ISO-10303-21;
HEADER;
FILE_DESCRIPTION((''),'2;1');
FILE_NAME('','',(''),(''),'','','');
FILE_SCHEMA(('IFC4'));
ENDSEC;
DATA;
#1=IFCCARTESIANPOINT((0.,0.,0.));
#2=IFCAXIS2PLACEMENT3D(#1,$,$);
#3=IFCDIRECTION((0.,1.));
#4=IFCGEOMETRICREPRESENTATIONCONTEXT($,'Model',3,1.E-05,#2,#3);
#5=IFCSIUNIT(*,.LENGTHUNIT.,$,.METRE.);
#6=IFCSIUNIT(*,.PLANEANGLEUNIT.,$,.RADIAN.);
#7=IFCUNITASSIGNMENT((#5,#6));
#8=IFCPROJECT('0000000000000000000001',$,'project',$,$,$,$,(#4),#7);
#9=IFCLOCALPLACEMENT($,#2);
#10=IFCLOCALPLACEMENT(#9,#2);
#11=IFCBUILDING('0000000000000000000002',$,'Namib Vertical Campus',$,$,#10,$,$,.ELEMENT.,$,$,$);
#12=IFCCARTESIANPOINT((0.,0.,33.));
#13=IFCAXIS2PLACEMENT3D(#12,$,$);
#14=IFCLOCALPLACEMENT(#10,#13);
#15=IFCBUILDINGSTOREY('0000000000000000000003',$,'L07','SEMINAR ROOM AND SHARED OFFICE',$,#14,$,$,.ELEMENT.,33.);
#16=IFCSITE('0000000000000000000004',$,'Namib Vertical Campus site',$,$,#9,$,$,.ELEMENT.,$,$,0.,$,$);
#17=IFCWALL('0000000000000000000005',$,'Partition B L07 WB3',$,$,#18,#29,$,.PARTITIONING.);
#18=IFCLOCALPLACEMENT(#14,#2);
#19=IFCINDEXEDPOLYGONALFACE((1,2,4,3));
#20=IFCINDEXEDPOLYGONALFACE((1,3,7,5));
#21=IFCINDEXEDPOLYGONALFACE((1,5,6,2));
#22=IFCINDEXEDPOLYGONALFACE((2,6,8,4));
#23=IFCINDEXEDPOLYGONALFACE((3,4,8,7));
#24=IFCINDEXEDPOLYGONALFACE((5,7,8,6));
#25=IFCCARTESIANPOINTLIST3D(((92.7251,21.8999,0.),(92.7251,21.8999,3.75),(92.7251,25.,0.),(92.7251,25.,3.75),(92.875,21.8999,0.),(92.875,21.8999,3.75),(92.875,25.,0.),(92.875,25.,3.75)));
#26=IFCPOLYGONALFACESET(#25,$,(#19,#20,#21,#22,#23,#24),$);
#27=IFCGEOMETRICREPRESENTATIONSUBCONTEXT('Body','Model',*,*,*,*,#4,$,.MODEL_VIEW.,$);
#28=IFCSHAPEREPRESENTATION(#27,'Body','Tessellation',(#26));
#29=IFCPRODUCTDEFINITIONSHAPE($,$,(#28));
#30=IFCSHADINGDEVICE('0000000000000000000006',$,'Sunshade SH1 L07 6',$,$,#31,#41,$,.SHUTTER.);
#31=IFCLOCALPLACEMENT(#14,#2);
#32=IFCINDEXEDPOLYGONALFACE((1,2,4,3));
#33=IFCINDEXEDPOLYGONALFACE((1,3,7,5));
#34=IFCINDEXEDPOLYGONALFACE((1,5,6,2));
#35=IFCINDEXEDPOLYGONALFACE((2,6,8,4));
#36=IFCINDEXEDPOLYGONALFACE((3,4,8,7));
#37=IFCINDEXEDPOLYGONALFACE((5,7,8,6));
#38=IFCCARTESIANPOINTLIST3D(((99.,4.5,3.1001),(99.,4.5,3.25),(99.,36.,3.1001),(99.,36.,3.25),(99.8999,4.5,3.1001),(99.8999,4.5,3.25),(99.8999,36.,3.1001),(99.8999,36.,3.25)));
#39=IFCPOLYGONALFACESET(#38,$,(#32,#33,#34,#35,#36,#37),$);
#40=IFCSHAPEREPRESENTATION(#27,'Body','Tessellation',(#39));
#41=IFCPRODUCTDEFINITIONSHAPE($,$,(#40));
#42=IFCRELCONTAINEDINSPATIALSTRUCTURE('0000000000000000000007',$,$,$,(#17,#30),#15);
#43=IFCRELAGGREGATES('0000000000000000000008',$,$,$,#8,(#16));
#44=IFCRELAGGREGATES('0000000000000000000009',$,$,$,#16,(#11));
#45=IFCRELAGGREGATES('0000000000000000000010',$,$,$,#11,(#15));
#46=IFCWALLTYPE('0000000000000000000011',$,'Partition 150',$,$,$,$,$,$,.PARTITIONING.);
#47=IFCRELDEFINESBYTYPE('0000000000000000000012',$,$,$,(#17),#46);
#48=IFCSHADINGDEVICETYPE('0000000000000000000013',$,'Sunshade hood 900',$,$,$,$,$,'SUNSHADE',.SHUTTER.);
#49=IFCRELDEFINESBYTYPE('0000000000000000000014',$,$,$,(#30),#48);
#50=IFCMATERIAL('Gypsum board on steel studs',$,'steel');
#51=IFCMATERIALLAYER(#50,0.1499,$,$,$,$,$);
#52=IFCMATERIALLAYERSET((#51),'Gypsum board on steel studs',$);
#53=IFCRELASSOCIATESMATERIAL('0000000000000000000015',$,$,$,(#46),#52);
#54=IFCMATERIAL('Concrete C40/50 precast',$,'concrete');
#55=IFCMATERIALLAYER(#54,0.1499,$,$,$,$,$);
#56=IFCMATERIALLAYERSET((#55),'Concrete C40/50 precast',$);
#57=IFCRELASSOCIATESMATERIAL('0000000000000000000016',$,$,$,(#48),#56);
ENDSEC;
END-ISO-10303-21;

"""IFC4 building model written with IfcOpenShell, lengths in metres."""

from ifc_helpers import new_model, si_unit, direction, frame, frame_2d, origin, origin_2d, place, context, subcontext, project, spatial, rectangle, extrude, material, layer, layer_set, type_object, element, save


model = new_model("IFC4")

# Units and contexts
model_context = context("Model", 3, precision=1e-05, world=origin(), true_north=direction((0.0, 1.0)))
body_context = subcontext(model_context, "Body", "Model", "MODEL_VIEW")
ifc_project = project(units=[si_unit("LENGTHUNIT", "METRE"), si_unit("PLANEANGLEUNIT", "RADIAN")], contexts=[model_context])

# Site, building, storey
site_placement = place(None, origin())
site = spatial("IfcSite", under=ifc_project, at=site_placement, Name="Namib Vertical Campus site", CompositionType="ELEMENT", RefElevation=0.0)
building_placement = place(site_placement, origin())
building = spatial("IfcBuilding", under=site, at=building_placement, Name="Namib Vertical Campus", CompositionType="ELEMENT")
storey_placement = place(building_placement, frame((0.0, 0.0, 33.0)))
storey = spatial("IfcBuildingStorey", under=building, at=storey_placement, Name="L07", Description="SEMINAR ROOM AND SHARED OFFICE", CompositionType="ELEMENT", Elevation=33.0)

# Shared definitions
ifc_material_1 = material(Name="Gypsum board on steel studs", Category="steel")
ifc_layer_1 = layer(ifc_material_1, 0.1499)
ifc_layer_set_1 = layer_set([ifc_layer_1], Name="Gypsum board on steel studs")
wall_type_1 = type_object("IfcWallType", Name="Partition 150", PredefinedType="PARTITIONING", material=ifc_layer_set_1)

# Wall
wall_1_placement = place(storey_placement, frame((92.8, 21.8999, 0.0), z_axis=(0.0, 0.0, 1.0), x_axis=(0.0, 1.0, 0.0)))
element("IfcWall", 1, at=wall_1_placement, inside=storey, type_object=wall_type_1, Name="Partition B L07 WB3", PredefinedType="PARTITIONING", context=body_context, shape_type="SweptSolid", body=[
    extrude(rectangle(XDim=3.1001, YDim=0.1499, at=frame_2d((1.55, 0.0))), origin(), (0.0, 0.0, 1.0), 3.75),
])

# Shading device
ifc_material_2 = material(Name="Concrete C40/50 precast", Category="concrete")
ifc_layer_2 = layer(ifc_material_2, 0.1499)
ifc_layer_set_2 = layer_set([ifc_layer_2], Name="Concrete C40/50 precast")
shading_device_type = type_object("IfcShadingDeviceType", Name="Sunshade hood 900", ElementType="SUNSHADE", PredefinedType="SHUTTER", material=ifc_layer_set_2)
shading_device_placement = place(storey_placement, frame((99.45, 20.25, 3.1001), z_axis=(0.0, 0.0, 1.0), x_axis=(0.0, 1.0, 0.0)))
element("IfcShadingDevice", 2, at=shading_device_placement, inside=storey, type_object=shading_device_type, Name="Sunshade SH1 L07 6", PredefinedType="SHUTTER", context=body_context, shape_type="SweptSolid", body=[
    extrude(rectangle(XDim=31.5, YDim=0.8999, at=origin_2d()), origin(), (0.0, 0.0, 1.0), 0.1499),
])

save(model, "model.ifc")
